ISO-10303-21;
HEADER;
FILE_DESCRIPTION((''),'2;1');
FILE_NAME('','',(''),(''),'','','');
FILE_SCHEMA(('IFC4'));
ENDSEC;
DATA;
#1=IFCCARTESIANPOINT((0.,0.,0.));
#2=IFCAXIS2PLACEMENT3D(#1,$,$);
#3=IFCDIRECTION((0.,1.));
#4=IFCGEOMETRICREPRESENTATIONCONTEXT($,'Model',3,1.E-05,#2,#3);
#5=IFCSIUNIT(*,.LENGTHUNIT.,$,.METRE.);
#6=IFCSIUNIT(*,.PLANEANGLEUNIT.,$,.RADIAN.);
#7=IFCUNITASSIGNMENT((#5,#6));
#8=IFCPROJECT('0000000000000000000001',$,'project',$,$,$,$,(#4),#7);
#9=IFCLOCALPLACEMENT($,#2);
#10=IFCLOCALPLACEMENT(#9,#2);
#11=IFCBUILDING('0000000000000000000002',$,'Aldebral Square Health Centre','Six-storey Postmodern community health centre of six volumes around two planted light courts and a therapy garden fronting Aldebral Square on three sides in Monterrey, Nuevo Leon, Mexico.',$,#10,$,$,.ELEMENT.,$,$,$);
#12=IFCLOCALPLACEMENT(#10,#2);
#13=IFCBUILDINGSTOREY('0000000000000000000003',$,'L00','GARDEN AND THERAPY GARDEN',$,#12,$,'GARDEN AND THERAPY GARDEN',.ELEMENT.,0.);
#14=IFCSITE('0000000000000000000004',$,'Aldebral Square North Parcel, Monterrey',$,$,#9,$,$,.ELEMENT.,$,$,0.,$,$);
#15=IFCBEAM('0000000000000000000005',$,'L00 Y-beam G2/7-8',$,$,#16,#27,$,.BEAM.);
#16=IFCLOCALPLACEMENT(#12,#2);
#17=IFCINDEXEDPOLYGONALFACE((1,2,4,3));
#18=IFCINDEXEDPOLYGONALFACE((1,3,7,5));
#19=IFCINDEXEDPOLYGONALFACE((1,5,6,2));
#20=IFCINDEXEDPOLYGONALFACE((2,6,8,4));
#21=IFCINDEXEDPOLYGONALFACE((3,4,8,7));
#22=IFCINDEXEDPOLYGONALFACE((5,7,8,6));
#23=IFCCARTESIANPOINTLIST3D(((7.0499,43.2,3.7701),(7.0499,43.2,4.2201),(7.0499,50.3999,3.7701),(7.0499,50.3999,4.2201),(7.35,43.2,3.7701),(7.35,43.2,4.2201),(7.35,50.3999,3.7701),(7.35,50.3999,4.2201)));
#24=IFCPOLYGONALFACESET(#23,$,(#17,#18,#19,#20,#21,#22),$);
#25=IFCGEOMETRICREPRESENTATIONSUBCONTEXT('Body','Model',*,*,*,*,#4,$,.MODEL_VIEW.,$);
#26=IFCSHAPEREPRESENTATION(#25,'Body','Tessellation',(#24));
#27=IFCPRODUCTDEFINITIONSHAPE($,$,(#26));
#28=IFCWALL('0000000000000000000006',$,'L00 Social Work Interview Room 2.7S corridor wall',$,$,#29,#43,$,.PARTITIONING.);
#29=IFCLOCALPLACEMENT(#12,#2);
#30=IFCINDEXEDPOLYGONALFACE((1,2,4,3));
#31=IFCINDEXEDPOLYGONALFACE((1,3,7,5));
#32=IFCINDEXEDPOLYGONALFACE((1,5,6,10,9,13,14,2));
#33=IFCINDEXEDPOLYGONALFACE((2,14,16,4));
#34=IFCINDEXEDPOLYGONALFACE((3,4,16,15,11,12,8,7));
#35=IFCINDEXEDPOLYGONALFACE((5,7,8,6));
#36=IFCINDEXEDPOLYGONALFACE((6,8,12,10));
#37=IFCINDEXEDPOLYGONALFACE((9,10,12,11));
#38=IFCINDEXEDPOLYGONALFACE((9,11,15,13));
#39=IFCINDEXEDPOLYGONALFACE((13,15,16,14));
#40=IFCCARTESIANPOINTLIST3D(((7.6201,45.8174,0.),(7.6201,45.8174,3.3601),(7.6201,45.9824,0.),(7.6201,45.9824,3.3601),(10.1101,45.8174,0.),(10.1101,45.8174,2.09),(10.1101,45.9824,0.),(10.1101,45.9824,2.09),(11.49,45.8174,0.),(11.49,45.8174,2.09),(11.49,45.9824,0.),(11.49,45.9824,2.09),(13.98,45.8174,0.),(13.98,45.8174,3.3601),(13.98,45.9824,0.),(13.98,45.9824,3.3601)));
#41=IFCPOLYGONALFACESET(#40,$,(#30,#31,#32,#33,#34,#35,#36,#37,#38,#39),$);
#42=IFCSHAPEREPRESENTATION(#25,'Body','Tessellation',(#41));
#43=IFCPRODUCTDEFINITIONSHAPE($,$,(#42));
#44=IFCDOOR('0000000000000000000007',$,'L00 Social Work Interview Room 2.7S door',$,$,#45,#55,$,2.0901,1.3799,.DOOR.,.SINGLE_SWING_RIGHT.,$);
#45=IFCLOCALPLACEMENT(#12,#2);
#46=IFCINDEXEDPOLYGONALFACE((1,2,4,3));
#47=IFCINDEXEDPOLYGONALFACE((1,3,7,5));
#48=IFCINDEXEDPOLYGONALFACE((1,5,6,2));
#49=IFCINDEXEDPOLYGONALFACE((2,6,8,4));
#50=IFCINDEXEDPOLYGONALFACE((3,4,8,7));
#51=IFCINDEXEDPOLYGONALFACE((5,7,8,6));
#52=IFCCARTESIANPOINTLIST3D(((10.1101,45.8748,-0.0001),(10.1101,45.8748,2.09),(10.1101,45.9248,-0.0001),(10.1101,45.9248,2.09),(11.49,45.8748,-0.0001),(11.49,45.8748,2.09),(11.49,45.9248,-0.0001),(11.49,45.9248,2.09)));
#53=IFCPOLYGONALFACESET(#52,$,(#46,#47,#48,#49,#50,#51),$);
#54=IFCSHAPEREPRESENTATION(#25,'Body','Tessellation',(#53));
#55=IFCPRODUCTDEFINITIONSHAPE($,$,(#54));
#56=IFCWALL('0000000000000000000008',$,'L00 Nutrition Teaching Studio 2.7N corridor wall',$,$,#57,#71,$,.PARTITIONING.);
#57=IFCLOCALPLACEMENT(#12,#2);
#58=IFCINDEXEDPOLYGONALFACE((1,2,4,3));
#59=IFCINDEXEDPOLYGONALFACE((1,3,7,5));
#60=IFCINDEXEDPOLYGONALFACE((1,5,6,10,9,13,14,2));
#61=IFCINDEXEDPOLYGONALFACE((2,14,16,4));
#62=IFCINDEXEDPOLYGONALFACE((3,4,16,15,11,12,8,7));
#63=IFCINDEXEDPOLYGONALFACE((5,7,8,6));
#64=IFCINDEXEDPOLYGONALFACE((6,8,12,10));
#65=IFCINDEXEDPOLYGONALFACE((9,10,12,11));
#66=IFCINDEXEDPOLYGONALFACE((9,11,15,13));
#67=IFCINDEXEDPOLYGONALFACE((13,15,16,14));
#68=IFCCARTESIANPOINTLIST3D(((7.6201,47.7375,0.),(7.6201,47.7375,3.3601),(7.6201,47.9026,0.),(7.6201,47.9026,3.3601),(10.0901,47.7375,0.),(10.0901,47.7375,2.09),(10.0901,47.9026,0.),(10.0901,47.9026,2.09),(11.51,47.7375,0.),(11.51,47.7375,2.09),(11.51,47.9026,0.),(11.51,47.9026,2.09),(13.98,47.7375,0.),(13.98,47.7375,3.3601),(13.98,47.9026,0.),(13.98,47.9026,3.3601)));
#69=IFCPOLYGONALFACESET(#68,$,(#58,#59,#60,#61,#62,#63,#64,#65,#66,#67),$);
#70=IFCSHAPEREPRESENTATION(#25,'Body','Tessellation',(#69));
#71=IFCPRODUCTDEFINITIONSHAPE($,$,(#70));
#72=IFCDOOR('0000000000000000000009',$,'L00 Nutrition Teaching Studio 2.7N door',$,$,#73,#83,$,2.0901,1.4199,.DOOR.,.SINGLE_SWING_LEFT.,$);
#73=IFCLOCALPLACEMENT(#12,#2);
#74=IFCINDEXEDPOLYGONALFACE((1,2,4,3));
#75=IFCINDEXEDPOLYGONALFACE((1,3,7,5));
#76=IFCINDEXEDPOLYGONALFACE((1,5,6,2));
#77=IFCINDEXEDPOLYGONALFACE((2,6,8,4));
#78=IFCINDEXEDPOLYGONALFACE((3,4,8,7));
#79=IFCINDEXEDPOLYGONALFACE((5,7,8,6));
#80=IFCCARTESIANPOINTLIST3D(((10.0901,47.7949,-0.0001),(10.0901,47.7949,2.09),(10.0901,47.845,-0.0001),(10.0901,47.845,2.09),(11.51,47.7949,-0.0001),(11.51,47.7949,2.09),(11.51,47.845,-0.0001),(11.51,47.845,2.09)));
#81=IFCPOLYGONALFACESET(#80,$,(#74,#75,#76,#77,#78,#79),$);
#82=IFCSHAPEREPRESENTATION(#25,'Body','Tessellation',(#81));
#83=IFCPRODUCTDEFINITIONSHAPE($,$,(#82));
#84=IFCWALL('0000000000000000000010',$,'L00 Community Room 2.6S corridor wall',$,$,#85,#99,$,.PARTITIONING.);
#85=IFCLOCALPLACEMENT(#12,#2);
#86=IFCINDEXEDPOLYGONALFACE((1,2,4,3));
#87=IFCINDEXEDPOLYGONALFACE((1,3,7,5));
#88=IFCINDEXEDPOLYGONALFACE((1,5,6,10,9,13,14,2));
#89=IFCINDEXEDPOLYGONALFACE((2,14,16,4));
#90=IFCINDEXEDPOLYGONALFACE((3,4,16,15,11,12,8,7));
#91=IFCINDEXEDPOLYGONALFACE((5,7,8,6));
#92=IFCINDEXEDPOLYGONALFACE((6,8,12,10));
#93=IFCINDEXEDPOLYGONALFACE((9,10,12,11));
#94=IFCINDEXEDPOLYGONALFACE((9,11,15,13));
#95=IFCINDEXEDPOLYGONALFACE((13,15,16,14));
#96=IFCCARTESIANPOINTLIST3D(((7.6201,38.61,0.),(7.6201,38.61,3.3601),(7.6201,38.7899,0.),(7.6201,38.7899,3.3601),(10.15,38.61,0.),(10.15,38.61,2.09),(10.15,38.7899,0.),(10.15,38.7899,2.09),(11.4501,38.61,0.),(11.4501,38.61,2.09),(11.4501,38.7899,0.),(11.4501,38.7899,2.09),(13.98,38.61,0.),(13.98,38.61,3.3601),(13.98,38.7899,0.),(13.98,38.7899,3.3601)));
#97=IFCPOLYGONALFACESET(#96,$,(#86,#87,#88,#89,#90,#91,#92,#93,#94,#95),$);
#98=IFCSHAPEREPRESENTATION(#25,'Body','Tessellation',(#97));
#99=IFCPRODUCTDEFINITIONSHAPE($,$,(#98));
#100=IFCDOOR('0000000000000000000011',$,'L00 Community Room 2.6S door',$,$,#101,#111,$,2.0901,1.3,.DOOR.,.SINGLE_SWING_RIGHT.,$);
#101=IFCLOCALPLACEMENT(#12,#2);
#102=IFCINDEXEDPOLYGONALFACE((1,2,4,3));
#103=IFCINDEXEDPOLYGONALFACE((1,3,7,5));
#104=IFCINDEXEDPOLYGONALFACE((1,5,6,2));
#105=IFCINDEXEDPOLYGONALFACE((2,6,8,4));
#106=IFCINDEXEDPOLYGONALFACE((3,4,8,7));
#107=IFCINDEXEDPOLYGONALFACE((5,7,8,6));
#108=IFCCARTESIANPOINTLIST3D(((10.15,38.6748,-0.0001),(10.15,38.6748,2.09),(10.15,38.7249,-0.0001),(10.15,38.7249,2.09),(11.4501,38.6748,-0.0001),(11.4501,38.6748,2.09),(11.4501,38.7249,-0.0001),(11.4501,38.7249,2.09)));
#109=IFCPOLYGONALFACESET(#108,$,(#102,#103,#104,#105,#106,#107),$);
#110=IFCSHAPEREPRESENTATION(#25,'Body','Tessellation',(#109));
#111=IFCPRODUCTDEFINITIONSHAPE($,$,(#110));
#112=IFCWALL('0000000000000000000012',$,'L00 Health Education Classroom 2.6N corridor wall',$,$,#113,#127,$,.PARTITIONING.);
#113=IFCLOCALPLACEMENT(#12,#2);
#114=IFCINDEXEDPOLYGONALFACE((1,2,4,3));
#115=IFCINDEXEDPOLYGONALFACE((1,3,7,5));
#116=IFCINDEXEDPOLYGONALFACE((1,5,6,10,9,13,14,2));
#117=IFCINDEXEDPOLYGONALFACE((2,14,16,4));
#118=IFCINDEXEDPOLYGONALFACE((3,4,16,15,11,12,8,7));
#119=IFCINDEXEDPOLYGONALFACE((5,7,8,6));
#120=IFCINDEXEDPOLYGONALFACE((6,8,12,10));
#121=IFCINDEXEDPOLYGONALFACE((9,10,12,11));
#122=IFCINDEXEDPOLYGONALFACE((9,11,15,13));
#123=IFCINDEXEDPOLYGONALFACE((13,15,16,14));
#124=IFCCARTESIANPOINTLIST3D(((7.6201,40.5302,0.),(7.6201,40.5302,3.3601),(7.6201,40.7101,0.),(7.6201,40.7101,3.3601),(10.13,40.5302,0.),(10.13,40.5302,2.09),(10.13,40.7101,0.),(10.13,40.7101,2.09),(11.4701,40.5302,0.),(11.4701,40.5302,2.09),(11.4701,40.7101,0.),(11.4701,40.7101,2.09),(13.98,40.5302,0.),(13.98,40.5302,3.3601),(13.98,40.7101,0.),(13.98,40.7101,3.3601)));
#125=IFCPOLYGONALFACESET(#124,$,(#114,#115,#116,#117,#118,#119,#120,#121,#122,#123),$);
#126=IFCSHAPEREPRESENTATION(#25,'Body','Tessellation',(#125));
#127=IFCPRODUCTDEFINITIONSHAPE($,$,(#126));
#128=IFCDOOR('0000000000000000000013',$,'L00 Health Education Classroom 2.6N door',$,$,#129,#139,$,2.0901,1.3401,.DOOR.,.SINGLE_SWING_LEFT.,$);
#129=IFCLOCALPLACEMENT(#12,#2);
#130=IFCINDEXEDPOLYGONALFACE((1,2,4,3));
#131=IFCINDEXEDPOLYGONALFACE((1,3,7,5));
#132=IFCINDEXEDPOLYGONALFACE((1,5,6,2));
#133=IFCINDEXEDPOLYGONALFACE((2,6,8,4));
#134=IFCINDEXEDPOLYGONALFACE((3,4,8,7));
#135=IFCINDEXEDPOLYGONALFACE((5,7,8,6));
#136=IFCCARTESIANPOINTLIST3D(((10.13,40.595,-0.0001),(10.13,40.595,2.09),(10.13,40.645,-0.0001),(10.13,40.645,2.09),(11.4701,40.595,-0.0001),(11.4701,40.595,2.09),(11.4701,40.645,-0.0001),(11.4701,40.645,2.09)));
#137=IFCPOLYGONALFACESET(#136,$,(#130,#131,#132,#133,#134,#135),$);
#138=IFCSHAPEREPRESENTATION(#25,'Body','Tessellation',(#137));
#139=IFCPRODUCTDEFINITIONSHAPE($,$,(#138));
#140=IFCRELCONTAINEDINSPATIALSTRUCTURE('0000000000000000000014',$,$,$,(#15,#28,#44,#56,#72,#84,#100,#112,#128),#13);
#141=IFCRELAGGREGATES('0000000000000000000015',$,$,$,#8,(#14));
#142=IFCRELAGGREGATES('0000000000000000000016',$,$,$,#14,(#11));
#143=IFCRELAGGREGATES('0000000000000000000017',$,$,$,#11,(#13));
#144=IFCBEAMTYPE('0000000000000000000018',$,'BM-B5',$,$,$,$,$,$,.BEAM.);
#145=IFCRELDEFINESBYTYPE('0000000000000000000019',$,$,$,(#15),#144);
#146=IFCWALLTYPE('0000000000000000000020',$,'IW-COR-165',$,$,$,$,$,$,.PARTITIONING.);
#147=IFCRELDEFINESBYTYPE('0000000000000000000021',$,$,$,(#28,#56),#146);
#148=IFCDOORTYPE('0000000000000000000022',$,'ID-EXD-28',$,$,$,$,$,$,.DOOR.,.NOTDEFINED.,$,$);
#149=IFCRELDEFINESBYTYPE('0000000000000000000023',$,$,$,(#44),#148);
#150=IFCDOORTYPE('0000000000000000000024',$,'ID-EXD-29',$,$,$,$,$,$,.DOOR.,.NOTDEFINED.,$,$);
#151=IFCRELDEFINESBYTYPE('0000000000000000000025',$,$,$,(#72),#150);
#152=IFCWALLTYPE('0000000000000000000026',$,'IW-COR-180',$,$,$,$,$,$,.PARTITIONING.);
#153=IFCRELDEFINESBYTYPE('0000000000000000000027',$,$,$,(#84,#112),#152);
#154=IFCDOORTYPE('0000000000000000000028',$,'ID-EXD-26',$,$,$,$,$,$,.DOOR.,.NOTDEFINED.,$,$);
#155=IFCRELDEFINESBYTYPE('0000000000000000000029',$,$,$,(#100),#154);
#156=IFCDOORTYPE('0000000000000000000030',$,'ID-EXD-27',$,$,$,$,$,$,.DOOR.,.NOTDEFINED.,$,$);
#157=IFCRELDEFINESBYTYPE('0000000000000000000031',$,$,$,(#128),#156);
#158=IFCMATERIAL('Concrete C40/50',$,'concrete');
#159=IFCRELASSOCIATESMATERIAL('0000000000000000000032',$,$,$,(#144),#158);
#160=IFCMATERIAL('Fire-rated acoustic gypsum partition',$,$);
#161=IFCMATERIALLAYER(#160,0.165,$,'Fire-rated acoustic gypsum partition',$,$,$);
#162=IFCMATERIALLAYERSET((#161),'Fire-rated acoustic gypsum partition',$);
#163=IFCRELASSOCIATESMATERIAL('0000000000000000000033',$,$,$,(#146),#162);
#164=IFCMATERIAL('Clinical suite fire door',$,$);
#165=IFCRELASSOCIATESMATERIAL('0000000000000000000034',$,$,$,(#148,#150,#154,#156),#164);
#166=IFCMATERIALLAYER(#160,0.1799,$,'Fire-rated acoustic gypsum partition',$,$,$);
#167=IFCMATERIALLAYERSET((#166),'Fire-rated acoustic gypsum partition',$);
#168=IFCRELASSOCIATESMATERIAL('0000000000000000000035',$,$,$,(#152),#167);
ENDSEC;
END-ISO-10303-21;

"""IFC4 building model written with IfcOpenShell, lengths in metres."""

from ifc_helpers import new_model, si_unit, direction, frame, frame_2d, origin, origin_2d, place, context, subcontext, project, spatial, rectangle, extrude, material, layer, layer_set, material_profile, profile_set, type_object, element, fill, save


model = new_model("IFC4")

# Units and contexts
model_context = context("Model", 3, precision=1e-05, world=origin(), true_north=direction((0.0, 1.0)))
body_context = subcontext(model_context, "Body", "Model", "MODEL_VIEW")
ifc_project = project(units=[si_unit("LENGTHUNIT", "METRE"), si_unit("PLANEANGLEUNIT", "RADIAN")], contexts=[model_context])

# Site, building, storey
site_placement = place(None, origin())
site = spatial("IfcSite", under=ifc_project, at=site_placement, Name="Aldebral Square North Parcel, Monterrey", CompositionType="ELEMENT", RefElevation=0.0)
building_placement = place(site_placement, origin())
building = spatial("IfcBuilding", under=site, at=building_placement, Name="Aldebral Square Health Centre", Description="Six-storey Postmodern community health centre of six volumes around two planted light courts and a therapy garden fronting Aldebral Square on three sides in Monterrey, Nuevo Leon, Mexico.", CompositionType="ELEMENT")
storey_placement = place(building_placement, origin())
storey = spatial("IfcBuildingStorey", under=building, at=storey_placement, Name="L00", Description="GARDEN AND THERAPY GARDEN", LongName="GARDEN AND THERAPY GARDEN", CompositionType="ELEMENT", Elevation=0.0)

# Shared definitions
ifc_material_1 = material(Name="Concrete C40/50", Category="concrete")

# Beam
ifc_material_profile_1 = material_profile(ifc_material_1, rectangle(XDim=0.3, YDim=0.45, at=origin_2d()), Name="RC 300x450")
ifc_profile_set_1 = profile_set([ifc_material_profile_1], Name="Concrete C40/50")
beam_type_1 = type_object("IfcBeamType", Name="BM-B5", PredefinedType="BEAM", material=ifc_profile_set_1)
beam_1_placement = place(storey_placement, frame((7.2, 43.2, 3.9951), z_axis=(0.0, 1.0, 0.0), x_axis=(-1.0, 0.0, 0.0)))
element("IfcBeam", 1, at=beam_1_placement, inside=storey, type_object=beam_type_1, Name="L00 Y-beam G2/7-8", PredefinedType="BEAM", context=body_context, shape_type="SweptSolid", body=[
    extrude(rectangle(XDim=0.3, YDim=0.45, at=origin_2d()), origin(), (0.0, 0.0, 1.0), 7.2),
])

# Walls, openings, doors
ifc_material_2 = material(Name="Fire-rated acoustic gypsum partition")
ifc_layer_1 = layer(ifc_material_2, 0.165, Name="Fire-rated acoustic gypsum partition")
ifc_layer_set_1 = layer_set([ifc_layer_1], Name="Fire-rated acoustic gypsum partition")
wall_type_1 = type_object("IfcWallType", Name="IW-COR-165", PredefinedType="PARTITIONING", material=ifc_layer_set_1)
wall_1_placement = place(storey_placement, frame((7.6201, 45.8999, 0.0), z_axis=(0.0, 0.0, 1.0), x_axis=(1.0, 0.0, 0.0)))
wall_1 = element("IfcWall", 2, at=wall_1_placement, inside=storey, type_object=wall_type_1, Name="L00 Social Work Interview Room 2.7S corridor wall", PredefinedType="PARTITIONING", context=body_context, shape_type="SweptSolid", body=[
    extrude(rectangle(XDim=6.3599, YDim=0.165, at=frame_2d((3.1799, 0.0))), origin(), (0.0, 0.0, 1.0), 3.3601),
])
opening_1_placement = place(wall_1_placement, frame((2.49, 0.0, 0.0)))
opening_1 = element("IfcOpeningElement", 3, at=opening_1_placement, cuts=wall_1, PredefinedType="OPENING", context=body_context, shape_type="SweptSolid", body=[
    extrude(rectangle(XDim=1.3799, YDim=2.0901, at=frame_2d((0.6899, 1.0449))), frame((0.0, 0.0925, 0.0), z_axis=(0.0, -1.0, 0.0), x_axis=(1.0, 0.0, 0.0)), (0.0, 0.0, 1.0), 0.1851),
])
ifc_material_3 = material(Name="Clinical suite fire door")
door_type_1 = type_object("IfcDoorType", Name="ID-EXD-28", OperationType="NOTDEFINED", PredefinedType="DOOR", material=ifc_material_3)
door_1_placement = place(opening_1_placement, origin())
door_1 = element("IfcDoor", 4, at=door_1_placement, inside=storey, type_object=door_type_1, Name="L00 Social Work Interview Room 2.7S door", OperationType="SINGLE_SWING_RIGHT", OverallHeight=2.0901, OverallWidth=1.3799, PredefinedType="DOOR", context=body_context, shape_type="SweptSolid", body=[
    extrude(rectangle(XDim=1.3799, YDim=2.0901, at=frame_2d((0.6899, 1.0449))), frame((0.0, 0.0249, 0.0), z_axis=(0.0, -1.0, 0.0), x_axis=(1.0, 0.0, 0.0)), (0.0, 0.0, 1.0), 0.05),
])
fill(opening_1, door_1)
wall_2_placement = place(storey_placement, frame((7.6201, 47.8201, 0.0), z_axis=(0.0, 0.0, 1.0), x_axis=(1.0, 0.0, 0.0)))
wall_2 = element("IfcWall", 5, at=wall_2_placement, inside=storey, type_object=wall_type_1, Name="L00 Nutrition Teaching Studio 2.7N corridor wall", PredefinedType="PARTITIONING", context=body_context, shape_type="SweptSolid", body=[
    extrude(rectangle(XDim=6.3599, YDim=0.165, at=frame_2d((3.1799, 0.0))), origin(), (0.0, 0.0, 1.0), 3.3601),
])
opening_2_placement = place(wall_2_placement, frame((2.47, 0.0, 0.0)))
opening_2 = element("IfcOpeningElement", 6, at=opening_2_placement, cuts=wall_2, PredefinedType="OPENING", context=body_context, shape_type="SweptSolid", body=[
    extrude(rectangle(XDim=1.4199, YDim=2.0901, at=frame_2d((0.71, 1.0449))), frame((0.0, 0.0925, 0.0), z_axis=(0.0, -1.0, 0.0), x_axis=(1.0, 0.0, 0.0)), (0.0, 0.0, 1.0), 0.1851),
])
door_type_2 = type_object("IfcDoorType", Name="ID-EXD-29", OperationType="NOTDEFINED", PredefinedType="DOOR", material=ifc_material_3)
door_2_placement = place(opening_2_placement, origin())
door_2 = element("IfcDoor", 7, at=door_2_placement, inside=storey, type_object=door_type_2, Name="L00 Nutrition Teaching Studio 2.7N door", OperationType="SINGLE_SWING_LEFT", OverallHeight=2.0901, OverallWidth=1.4199, PredefinedType="DOOR", context=body_context, shape_type="SweptSolid", body=[
    extrude(rectangle(XDim=1.4199, YDim=2.0901, at=frame_2d((0.71, 1.0449))), frame((0.0, 0.0249, 0.0), z_axis=(0.0, -1.0, 0.0), x_axis=(1.0, 0.0, 0.0)), (0.0, 0.0, 1.0), 0.05),
])
fill(opening_2, door_2)
ifc_layer_2 = layer(ifc_material_2, 0.1799, Name="Fire-rated acoustic gypsum partition")
ifc_layer_set_2 = layer_set([ifc_layer_2], Name="Fire-rated acoustic gypsum partition")
wall_type_2 = type_object("IfcWallType", Name="IW-COR-180", PredefinedType="PARTITIONING", material=ifc_layer_set_2)
wall_3_placement = place(storey_placement, frame((7.6201, 38.7, 0.0), z_axis=(0.0, 0.0, 1.0), x_axis=(1.0, 0.0, 0.0)))
wall_3 = element("IfcWall", 8, at=wall_3_placement, inside=storey, type_object=wall_type_2, Name="L00 Community Room 2.6S corridor wall", PredefinedType="PARTITIONING", context=body_context, shape_type="SweptSolid", body=[
    extrude(rectangle(XDim=6.3599, YDim=0.1799, at=frame_2d((3.1799, 0.0))), origin(), (0.0, 0.0, 1.0), 3.3601),
])
opening_3_placement = place(wall_3_placement, frame((2.53, 0.0, 0.0)))
opening_3 = element("IfcOpeningElement", 9, at=opening_3_placement, cuts=wall_3, PredefinedType="OPENING", context=body_context, shape_type="SweptSolid", body=[
    extrude(rectangle(XDim=1.3, YDim=2.0901, at=frame_2d((0.6499, 1.0449))), frame((0.0, 0.1001, 0.0), z_axis=(0.0, -1.0, 0.0), x_axis=(1.0, 0.0, 0.0)), (0.0, 0.0, 1.0), 0.2),
])
door_type_3 = type_object("IfcDoorType", Name="ID-EXD-26", OperationType="NOTDEFINED", PredefinedType="DOOR", material=ifc_material_3)
door_3_placement = place(opening_3_placement, origin())
door_3 = element("IfcDoor", 10, at=door_3_placement, inside=storey, type_object=door_type_3, Name="L00 Community Room 2.6S door", OperationType="SINGLE_SWING_RIGHT", OverallHeight=2.0901, OverallWidth=1.3, PredefinedType="DOOR", context=body_context, shape_type="SweptSolid", body=[
    extrude(rectangle(XDim=1.3, YDim=2.0901, at=frame_2d((0.6499, 1.0449))), frame((0.0, 0.0249, 0.0), z_axis=(0.0, -1.0, 0.0), x_axis=(1.0, 0.0, 0.0)), (0.0, 0.0, 1.0), 0.05),
])
fill(opening_3, door_3)
wall_4_placement = place(storey_placement, frame((7.6201, 40.6201, 0.0), z_axis=(0.0, 0.0, 1.0), x_axis=(1.0, 0.0, 0.0)))
wall_4 = element("IfcWall", 11, at=wall_4_placement, inside=storey, type_object=wall_type_2, Name="L00 Health Education Classroom 2.6N corridor wall", PredefinedType="PARTITIONING", context=body_context, shape_type="SweptSolid", body=[
    extrude(rectangle(XDim=6.3599, YDim=0.1799, at=frame_2d((3.1799, 0.0))), origin(), (0.0, 0.0, 1.0), 3.3601),
])
opening_4_placement = place(wall_4_placement, frame((2.51, 0.0, 0.0)))
opening_4 = element("IfcOpeningElement", 12, at=opening_4_placement, cuts=wall_4, PredefinedType="OPENING", context=body_context, shape_type="SweptSolid", body=[
    extrude(rectangle(XDim=1.3401, YDim=2.0901, at=frame_2d((0.6699, 1.0449))), frame((0.0, 0.1001, 0.0), z_axis=(0.0, -1.0, 0.0), x_axis=(1.0, 0.0, 0.0)), (0.0, 0.0, 1.0), 0.2),
])
door_type_4 = type_object("IfcDoorType", Name="ID-EXD-27", OperationType="NOTDEFINED", PredefinedType="DOOR", material=ifc_material_3)
door_4_placement = place(opening_4_placement, origin())
door_4 = element("IfcDoor", 13, at=door_4_placement, inside=storey, type_object=door_type_4, Name="L00 Health Education Classroom 2.6N door", OperationType="SINGLE_SWING_LEFT", OverallHeight=2.0901, OverallWidth=1.3401, PredefinedType="DOOR", context=body_context, shape_type="SweptSolid", body=[
    extrude(rectangle(XDim=1.3401, YDim=2.0901, at=frame_2d((0.6699, 1.0449))), frame((0.0, 0.0249, 0.0), z_axis=(0.0, -1.0, 0.0), x_axis=(1.0, 0.0, 0.0)), (0.0, 0.0, 1.0), 0.05),
])
fill(opening_4, door_4)

save(model, "model.ifc")
